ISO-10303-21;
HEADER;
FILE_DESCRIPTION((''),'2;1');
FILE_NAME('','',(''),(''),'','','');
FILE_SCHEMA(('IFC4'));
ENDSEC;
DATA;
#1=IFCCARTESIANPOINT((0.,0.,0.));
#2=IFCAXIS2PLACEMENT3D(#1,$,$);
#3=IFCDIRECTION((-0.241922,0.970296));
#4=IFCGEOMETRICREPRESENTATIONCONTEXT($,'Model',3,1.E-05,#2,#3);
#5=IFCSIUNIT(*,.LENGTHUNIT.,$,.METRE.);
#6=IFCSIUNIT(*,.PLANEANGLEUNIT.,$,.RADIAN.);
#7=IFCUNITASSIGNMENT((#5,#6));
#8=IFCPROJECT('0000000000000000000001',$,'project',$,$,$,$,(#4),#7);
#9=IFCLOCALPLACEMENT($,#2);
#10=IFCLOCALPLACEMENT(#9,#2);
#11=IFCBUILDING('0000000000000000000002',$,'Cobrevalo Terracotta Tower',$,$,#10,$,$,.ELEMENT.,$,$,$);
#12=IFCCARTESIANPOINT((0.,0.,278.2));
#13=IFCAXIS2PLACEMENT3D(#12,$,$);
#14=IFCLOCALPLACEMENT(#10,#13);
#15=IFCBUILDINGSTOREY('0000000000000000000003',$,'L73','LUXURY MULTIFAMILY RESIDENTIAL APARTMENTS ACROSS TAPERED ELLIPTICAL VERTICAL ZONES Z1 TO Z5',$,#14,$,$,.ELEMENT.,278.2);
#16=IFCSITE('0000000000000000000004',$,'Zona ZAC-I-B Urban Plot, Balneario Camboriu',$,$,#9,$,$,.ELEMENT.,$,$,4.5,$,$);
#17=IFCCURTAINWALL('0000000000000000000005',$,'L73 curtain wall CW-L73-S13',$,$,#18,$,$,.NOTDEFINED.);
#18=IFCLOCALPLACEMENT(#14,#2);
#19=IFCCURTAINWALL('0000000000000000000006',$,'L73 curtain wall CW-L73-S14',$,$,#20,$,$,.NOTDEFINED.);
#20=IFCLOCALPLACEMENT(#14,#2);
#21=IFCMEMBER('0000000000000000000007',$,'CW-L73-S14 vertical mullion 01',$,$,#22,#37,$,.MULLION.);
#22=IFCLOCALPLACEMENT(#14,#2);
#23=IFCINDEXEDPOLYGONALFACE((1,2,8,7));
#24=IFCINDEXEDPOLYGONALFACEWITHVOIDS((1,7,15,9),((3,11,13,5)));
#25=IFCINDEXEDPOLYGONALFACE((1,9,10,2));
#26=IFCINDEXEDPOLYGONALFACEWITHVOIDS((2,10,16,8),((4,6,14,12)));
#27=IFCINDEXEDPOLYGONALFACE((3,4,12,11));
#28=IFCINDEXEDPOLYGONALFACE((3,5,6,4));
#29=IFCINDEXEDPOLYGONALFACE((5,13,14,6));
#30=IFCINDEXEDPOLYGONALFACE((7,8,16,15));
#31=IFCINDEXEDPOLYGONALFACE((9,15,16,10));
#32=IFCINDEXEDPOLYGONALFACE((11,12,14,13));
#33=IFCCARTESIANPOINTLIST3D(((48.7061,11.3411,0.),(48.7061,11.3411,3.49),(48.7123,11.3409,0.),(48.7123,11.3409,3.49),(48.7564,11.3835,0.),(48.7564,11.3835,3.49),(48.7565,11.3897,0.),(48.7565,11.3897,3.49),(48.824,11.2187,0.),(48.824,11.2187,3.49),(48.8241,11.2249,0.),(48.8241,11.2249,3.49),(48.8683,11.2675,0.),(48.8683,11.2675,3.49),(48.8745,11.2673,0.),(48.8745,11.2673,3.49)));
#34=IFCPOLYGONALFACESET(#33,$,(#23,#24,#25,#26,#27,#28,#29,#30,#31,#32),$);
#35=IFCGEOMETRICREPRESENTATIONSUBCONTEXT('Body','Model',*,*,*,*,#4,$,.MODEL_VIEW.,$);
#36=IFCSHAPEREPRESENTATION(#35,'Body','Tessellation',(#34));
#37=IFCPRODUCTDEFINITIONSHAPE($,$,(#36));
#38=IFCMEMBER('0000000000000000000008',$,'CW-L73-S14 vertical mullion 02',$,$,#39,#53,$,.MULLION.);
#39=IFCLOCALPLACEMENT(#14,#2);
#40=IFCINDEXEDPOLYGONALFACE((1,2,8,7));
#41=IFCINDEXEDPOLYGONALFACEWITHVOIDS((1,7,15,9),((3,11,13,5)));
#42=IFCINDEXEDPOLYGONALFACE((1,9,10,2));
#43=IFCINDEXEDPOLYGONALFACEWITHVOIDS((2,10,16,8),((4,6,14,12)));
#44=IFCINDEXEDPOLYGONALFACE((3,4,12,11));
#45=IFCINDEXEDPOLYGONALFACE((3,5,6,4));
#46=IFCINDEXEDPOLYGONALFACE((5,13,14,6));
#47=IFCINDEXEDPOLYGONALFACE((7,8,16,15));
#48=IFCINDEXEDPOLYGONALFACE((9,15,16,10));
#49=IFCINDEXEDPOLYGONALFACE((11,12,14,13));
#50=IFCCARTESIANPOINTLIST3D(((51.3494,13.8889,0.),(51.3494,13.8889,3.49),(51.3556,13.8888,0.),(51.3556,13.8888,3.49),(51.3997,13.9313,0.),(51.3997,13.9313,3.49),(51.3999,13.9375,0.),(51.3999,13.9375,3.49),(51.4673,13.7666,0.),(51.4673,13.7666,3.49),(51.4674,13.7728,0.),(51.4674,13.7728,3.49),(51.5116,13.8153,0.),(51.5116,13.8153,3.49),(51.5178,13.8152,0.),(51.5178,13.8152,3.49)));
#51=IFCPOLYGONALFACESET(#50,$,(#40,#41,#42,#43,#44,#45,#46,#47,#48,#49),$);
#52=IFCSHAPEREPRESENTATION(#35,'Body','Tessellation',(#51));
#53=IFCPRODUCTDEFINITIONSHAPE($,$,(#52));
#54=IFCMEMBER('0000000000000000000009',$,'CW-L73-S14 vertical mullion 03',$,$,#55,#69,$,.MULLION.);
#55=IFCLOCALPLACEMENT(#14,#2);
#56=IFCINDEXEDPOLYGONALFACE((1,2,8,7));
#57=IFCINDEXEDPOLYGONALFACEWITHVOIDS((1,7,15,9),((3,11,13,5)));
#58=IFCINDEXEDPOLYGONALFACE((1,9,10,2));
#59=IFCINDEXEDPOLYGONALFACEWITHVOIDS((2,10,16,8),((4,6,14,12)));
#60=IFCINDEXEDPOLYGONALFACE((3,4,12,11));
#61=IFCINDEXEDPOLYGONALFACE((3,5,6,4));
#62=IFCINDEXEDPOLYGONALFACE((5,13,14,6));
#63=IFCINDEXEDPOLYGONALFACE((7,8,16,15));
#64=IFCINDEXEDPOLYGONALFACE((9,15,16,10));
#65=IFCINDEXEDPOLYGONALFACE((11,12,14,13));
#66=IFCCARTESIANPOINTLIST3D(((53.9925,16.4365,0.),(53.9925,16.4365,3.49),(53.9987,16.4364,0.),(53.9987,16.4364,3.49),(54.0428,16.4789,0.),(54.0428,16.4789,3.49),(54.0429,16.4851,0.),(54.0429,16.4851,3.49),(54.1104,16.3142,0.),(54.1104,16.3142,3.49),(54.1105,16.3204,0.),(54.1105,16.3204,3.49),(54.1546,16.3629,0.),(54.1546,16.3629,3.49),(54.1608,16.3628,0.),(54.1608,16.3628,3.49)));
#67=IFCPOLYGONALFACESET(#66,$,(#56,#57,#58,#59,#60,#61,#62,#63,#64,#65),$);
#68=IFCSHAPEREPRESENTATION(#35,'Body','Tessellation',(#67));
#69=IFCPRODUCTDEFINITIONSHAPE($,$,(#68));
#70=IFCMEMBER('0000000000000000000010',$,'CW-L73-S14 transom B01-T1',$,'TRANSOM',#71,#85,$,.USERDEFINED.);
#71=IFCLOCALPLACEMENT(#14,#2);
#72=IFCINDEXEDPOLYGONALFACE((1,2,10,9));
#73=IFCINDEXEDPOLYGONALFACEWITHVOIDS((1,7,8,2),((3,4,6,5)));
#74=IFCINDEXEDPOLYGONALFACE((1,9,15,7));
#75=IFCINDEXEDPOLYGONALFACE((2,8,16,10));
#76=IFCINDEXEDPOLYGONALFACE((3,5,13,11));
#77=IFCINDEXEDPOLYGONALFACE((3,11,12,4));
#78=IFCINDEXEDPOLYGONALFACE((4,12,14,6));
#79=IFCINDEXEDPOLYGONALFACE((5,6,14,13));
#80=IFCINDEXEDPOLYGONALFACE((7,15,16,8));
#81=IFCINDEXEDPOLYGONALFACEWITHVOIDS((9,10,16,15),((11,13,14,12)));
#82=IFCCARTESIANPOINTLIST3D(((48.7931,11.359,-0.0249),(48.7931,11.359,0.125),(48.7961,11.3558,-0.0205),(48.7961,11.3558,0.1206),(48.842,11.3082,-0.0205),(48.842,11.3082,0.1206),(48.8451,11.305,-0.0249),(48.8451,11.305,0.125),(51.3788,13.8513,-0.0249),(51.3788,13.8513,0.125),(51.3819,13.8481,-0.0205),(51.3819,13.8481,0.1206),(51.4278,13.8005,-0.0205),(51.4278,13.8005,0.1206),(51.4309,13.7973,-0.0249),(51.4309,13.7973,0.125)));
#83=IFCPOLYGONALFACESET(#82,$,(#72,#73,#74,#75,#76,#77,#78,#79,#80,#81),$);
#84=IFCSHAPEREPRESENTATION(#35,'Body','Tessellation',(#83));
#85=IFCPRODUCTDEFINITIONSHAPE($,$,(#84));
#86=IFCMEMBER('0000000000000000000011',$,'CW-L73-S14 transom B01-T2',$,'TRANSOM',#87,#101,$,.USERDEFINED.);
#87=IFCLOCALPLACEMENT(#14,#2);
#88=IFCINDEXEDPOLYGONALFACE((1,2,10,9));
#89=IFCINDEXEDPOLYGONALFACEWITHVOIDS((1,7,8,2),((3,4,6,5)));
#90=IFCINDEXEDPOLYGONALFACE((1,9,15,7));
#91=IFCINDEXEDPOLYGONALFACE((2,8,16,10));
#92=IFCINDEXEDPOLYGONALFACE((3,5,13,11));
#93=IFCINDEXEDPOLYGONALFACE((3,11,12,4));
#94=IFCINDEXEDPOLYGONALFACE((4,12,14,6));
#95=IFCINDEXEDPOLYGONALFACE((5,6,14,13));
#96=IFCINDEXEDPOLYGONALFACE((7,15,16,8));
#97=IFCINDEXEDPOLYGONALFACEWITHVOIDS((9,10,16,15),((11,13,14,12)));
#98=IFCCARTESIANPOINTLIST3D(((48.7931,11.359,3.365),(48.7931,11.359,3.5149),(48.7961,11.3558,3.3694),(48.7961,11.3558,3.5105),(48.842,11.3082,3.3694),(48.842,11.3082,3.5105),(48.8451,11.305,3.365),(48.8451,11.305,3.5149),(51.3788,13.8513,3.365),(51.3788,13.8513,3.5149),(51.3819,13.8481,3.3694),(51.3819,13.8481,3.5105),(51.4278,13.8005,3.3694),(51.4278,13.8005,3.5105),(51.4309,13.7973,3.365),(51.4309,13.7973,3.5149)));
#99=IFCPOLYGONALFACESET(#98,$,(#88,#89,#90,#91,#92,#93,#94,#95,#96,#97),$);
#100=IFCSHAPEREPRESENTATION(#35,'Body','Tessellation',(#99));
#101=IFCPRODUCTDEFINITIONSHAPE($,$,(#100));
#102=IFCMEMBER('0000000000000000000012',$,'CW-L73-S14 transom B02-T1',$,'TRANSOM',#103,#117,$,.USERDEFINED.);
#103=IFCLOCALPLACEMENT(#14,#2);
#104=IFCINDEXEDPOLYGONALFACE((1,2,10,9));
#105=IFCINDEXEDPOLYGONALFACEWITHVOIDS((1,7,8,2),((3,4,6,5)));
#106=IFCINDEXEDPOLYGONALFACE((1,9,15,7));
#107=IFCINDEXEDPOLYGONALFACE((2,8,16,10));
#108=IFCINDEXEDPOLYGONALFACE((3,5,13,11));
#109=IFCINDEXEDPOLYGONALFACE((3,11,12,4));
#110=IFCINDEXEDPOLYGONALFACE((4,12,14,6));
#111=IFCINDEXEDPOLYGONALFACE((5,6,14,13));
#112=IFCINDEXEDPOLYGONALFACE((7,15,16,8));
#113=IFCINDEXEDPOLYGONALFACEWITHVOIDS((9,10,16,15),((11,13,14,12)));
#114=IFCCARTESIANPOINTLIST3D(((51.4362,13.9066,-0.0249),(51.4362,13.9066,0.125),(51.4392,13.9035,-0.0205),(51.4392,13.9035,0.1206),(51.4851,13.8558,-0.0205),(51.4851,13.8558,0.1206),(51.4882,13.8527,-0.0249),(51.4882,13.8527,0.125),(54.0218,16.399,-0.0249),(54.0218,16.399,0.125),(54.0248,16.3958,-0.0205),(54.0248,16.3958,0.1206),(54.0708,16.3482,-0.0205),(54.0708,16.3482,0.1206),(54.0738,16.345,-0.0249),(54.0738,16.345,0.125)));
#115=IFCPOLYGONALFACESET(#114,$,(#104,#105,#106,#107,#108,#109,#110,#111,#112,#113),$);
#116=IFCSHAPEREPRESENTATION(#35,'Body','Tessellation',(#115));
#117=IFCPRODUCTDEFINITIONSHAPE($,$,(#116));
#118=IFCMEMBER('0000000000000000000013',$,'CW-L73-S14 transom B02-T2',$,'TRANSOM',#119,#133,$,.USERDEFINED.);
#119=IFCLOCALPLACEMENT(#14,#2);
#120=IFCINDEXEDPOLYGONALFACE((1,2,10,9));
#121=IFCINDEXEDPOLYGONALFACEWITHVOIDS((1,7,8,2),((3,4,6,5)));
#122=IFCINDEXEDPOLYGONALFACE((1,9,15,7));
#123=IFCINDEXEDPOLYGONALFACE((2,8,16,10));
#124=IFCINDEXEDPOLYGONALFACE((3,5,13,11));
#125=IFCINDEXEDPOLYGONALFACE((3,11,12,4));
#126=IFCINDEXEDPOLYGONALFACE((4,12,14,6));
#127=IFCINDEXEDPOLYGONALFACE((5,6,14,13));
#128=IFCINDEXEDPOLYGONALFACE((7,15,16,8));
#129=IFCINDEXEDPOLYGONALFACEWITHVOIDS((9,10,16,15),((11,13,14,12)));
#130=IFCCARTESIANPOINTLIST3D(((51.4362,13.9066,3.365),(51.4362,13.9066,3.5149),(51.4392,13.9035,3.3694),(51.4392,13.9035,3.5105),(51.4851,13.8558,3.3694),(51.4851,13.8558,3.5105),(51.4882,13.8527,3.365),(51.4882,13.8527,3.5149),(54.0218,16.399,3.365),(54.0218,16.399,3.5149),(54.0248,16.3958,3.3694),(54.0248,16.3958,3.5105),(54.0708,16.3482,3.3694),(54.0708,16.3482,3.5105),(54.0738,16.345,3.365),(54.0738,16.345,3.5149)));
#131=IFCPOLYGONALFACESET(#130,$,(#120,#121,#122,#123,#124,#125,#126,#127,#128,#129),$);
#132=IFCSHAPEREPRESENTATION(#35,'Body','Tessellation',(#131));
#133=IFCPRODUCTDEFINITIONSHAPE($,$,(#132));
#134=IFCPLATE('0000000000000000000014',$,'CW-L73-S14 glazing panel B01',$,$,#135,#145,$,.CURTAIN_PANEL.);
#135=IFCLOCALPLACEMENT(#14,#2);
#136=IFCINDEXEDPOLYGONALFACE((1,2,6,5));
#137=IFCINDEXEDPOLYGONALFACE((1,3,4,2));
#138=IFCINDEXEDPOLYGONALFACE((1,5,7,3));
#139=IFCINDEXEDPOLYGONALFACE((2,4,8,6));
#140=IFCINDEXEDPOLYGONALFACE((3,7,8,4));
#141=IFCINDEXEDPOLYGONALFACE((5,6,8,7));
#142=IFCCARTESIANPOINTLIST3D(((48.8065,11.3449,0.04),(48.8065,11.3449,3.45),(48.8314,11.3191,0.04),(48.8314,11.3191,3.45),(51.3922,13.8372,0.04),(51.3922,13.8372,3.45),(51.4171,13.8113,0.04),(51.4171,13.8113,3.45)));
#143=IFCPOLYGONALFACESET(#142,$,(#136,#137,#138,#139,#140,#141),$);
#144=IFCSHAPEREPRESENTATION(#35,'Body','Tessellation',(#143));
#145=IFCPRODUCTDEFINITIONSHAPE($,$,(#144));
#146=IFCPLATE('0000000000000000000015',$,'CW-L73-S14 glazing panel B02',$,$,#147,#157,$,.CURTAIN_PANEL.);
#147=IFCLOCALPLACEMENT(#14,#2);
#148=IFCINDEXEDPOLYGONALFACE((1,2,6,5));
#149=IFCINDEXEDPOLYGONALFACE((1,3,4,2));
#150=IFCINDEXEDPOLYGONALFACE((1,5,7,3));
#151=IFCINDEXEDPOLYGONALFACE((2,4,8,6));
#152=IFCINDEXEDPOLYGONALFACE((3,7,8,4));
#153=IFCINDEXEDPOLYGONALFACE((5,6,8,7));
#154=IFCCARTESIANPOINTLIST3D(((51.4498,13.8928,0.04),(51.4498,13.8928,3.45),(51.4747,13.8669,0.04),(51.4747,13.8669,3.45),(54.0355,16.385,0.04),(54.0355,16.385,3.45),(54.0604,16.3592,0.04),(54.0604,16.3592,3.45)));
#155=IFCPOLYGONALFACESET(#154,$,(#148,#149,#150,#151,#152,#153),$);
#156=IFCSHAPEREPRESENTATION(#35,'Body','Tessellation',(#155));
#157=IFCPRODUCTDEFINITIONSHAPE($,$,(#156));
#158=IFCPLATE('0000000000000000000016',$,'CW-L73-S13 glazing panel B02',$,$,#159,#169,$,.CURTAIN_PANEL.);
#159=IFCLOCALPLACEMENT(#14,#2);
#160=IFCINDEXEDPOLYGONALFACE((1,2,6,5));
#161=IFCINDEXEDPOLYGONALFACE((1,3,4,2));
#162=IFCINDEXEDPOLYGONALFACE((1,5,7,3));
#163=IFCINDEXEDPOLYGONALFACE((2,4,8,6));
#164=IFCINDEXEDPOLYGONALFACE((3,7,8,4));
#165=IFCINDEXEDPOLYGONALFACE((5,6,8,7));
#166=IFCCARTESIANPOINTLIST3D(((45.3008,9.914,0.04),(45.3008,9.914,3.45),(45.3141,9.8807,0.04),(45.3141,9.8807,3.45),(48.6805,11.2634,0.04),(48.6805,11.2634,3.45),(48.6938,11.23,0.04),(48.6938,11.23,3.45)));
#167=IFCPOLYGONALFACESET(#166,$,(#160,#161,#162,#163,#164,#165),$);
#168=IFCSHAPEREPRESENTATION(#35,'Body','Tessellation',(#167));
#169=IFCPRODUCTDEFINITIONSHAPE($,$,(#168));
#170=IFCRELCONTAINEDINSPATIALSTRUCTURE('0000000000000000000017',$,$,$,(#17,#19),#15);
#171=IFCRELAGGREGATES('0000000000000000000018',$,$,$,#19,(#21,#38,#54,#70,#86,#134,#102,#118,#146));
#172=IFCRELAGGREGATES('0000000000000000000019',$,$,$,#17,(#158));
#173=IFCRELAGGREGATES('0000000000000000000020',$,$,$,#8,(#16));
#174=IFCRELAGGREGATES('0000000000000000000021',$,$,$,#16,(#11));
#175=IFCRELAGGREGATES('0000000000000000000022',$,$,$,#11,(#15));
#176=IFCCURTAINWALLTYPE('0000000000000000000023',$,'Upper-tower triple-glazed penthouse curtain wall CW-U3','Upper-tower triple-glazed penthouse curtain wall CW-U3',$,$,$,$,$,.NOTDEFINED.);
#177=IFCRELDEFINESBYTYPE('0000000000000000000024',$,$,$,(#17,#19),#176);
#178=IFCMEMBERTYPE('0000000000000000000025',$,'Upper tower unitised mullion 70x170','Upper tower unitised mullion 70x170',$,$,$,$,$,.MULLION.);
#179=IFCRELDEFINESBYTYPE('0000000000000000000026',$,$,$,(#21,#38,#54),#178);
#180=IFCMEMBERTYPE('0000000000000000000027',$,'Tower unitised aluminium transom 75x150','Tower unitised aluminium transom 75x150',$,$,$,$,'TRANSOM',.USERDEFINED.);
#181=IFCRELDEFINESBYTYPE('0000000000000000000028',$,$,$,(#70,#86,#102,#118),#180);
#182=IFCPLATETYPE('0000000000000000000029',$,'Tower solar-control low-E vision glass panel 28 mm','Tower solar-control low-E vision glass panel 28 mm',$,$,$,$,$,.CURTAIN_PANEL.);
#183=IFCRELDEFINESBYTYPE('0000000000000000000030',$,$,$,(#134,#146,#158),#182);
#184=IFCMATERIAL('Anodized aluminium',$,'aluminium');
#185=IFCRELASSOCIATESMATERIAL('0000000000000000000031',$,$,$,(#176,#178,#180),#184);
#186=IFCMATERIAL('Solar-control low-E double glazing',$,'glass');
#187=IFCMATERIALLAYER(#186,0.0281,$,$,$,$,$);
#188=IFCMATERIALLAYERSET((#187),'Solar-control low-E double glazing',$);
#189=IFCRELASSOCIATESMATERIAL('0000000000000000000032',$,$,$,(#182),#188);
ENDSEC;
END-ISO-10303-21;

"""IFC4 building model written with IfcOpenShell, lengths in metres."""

from ifc_helpers import new_model, si_unit, direction, frame, origin, origin_2d, place, context, subcontext, project, spatial, rectangle, hollow_rectangle, extrude, source, transform, mapped, material, layer, layer_set, material_profile, profile_set, type_object, element, aggregate, save


model = new_model("IFC4")

# Units and contexts
model_context = context("Model", 3, precision=1e-05, world=origin(), true_north=direction((-0.241922, 0.970296)))
body_context = subcontext(model_context, "Body", "Model", "MODEL_VIEW")
ifc_project = project(units=[si_unit("LENGTHUNIT", "METRE"), si_unit("PLANEANGLEUNIT", "RADIAN")], contexts=[model_context])

# Site, building, storey
site_placement = place(None, origin())
site = spatial("IfcSite", under=ifc_project, at=site_placement, Name="Zona ZAC-I-B Urban Plot, Balneario Camboriu", CompositionType="ELEMENT", RefElevation=4.5)
building_placement = place(site_placement, origin())
building = spatial("IfcBuilding", under=site, at=building_placement, Name="Cobrevalo Terracotta Tower", CompositionType="ELEMENT")
storey_placement = place(building_placement, frame((0.0, 0.0, 278.2)))
storey = spatial("IfcBuildingStorey", under=building, at=storey_placement, Name="L73", Description="LUXURY MULTIFAMILY RESIDENTIAL APARTMENTS ACROSS TAPERED ELLIPTICAL VERTICAL ZONES Z1 TO Z5", CompositionType="ELEMENT", Elevation=278.2)

# Curtain wall
ifc_material_1 = material(Name="Anodized aluminium", Category="aluminium")
curtain_wall_type = type_object("IfcCurtainWallType", Name="Upper-tower triple-glazed penthouse curtain wall CW-U3", Description="Upper-tower triple-glazed penthouse curtain wall CW-U3", PredefinedType="NOTDEFINED", material=ifc_material_1)
curtain_wall_1_placement = place(storey_placement, origin())
curtain_wall_1 = element("IfcCurtainWall", 1, at=curtain_wall_1_placement, inside=storey, type_object=curtain_wall_type, Name="L73 curtain wall CW-L73-S13", PredefinedType="NOTDEFINED")
ifc_material_profile_1 = material_profile(ifc_material_1, hollow_rectangle(XDim=0.0701, YDim=0.1699, WallThickness=0.0044, at=origin_2d()), Name="CWM 70x170")
ifc_profile_set_1 = profile_set([ifc_material_profile_1], Name="Anodized aluminium")
member_type_1 = type_object("IfcMemberType", Name="Upper tower unitised mullion 70x170", Description="Upper tower unitised mullion 70x170", PredefinedType="MULLION", material=ifc_profile_set_1)
shared_shape_1 = source(origin(), body_context, "Body", "SweptSolid", [
    extrude(hollow_rectangle(XDim=0.0701, YDim=0.1699, WallThickness=0.0044, at=origin_2d()), origin(), (0.0, 0.0, 1.0), 3.49),
])

# Curtain wall, members, plates
curtain_wall_2_placement = place(storey_placement, origin())
curtain_wall_2 = element("IfcCurtainWall", 2, at=curtain_wall_2_placement, inside=storey, type_object=curtain_wall_type, Name="L73 curtain wall CW-L73-S14", PredefinedType="NOTDEFINED")
member_1_placement = place(storey_placement, frame((48.7903, 11.3042, 0.0), z_axis=(0.0, 0.0, 1.0), x_axis=(0.719994, 0.69398, 0.0)))
member_1 = element("IfcMember", 3, at=member_1_placement, type_object=member_type_1, Name="CW-L73-S14 vertical mullion 01", PredefinedType="MULLION", context=body_context, shape_type="MappedRepresentation", body=[
    mapped(shared_shape_1, transform((0.0, 0.0, 0.0), scale=1.0)),
])
member_2_placement = place(storey_placement, frame((51.4336, 13.8521, 0.0), z_axis=(0.0, 0.0, 1.0), x_axis=(0.719994, 0.69398, 0.0)))
member_2 = element("IfcMember", 4, at=member_2_placement, type_object=member_type_1, Name="CW-L73-S14 vertical mullion 02", PredefinedType="MULLION", context=body_context, shape_type="MappedRepresentation", body=[
    mapped(shared_shape_1, transform((0.0, 0.0, 0.0), scale=1.0)),
])
member_3_placement = place(storey_placement, frame((54.0767, 16.3997, 0.0), z_axis=(0.0, 0.0, 1.0), x_axis=(0.719994, 0.69398, 0.0)))
member_3 = element("IfcMember", 5, at=member_3_placement, type_object=member_type_1, Name="CW-L73-S14 vertical mullion 03", PredefinedType="MULLION", context=body_context, shape_type="MappedRepresentation", body=[
    mapped(shared_shape_1, transform((0.0, 0.0, 0.0), scale=1.0)),
])
ifc_material_profile_2 = material_profile(ifc_material_1, hollow_rectangle(XDim=0.075, YDim=0.1499, WallThickness=0.0044, at=origin_2d()), Name="CWT 75x150")
ifc_profile_set_2 = profile_set([ifc_material_profile_2], Name="Anodized aluminium")
member_type_2 = type_object("IfcMemberType", Name="Tower unitised aluminium transom 75x150", Description="Tower unitised aluminium transom 75x150", ElementType="TRANSOM", PredefinedType="USERDEFINED", material=ifc_profile_set_2)
shared_shape_2 = source(origin(), body_context, "Body", "SweptSolid", [
    extrude(hollow_rectangle(XDim=0.075, YDim=0.1499, WallThickness=0.0044, at=origin_2d()), origin(), (0.0, 0.0, 1.0), 3.5913),
])
member_4_placement = place(storey_placement, frame((48.8191, 11.332, 0.05), z_axis=(0.720006, 0.693968, 0.0), x_axis=(-0.693968, 0.720006, 0.0)))
member_4 = element("IfcMember", 6, at=member_4_placement, type_object=member_type_2, Name="CW-L73-S14 transom B01-T1", ObjectType="TRANSOM", PredefinedType="USERDEFINED", context=body_context, shape_type="MappedRepresentation", body=[
    mapped(shared_shape_2, transform((0.0, 0.0, 0.0), scale=1.0)),
])
member_5_placement = place(storey_placement, frame((48.8191, 11.332, 3.4399), z_axis=(0.720006, 0.693968, 0.0), x_axis=(-0.693968, 0.720006, 0.0)))
member_5 = element("IfcMember", 7, at=member_5_placement, type_object=member_type_2, Name="CW-L73-S14 transom B01-T2", ObjectType="TRANSOM", PredefinedType="USERDEFINED", context=body_context, shape_type="MappedRepresentation", body=[
    mapped(shared_shape_2, transform((0.0, 0.0, 0.0), scale=1.0)),
])
member_6_placement = place(storey_placement, frame((51.4622, 13.8796, 0.05), z_axis=(0.719972, 0.694003, 0.0), x_axis=(-0.694003, 0.719972, 0.0)))
member_6 = element("IfcMember", 8, at=member_6_placement, type_object=member_type_2, Name="CW-L73-S14 transom B02-T1", ObjectType="TRANSOM", PredefinedType="USERDEFINED", context=body_context, shape_type="MappedRepresentation", body=[
    mapped(shared_shape_2, transform((0.0, 0.0, 0.0), scale=1.0)),
])
member_7_placement = place(storey_placement, frame((51.4622, 13.8796, 3.4399), z_axis=(0.719972, 0.694003, 0.0), x_axis=(-0.694003, 0.719972, 0.0)))
member_7 = element("IfcMember", 9, at=member_7_placement, type_object=member_type_2, Name="CW-L73-S14 transom B02-T2", ObjectType="TRANSOM", PredefinedType="USERDEFINED", context=body_context, shape_type="MappedRepresentation", body=[
    mapped(shared_shape_2, transform((0.0, 0.0, 0.0), scale=1.0)),
])
ifc_material_2 = material(Name="Solar-control low-E double glazing", Category="glass")
ifc_layer_1 = layer(ifc_material_2, 0.0281)
ifc_layer_set_1 = layer_set([ifc_layer_1], Name="Solar-control low-E double glazing")
plate_type = type_object("IfcPlateType", Name="Tower solar-control low-E vision glass panel 28 mm", Description="Tower solar-control low-E vision glass panel 28 mm", PredefinedType="CURTAIN_PANEL", material=ifc_layer_set_1)
shared_shape_3 = source(origin(), body_context, "Body", "SweptSolid", [
    extrude(rectangle(XDim=3.5913, YDim=0.0359, at=origin_2d()), origin(), (0.0, 0.0, 1.0), 3.4099),
])
plate_1_placement = place(storey_placement, frame((50.1118, 12.5781, 0.04), z_axis=(0.0, 0.0, 1.0), x_axis=(0.719997, 0.693978, 0.0)))
plate_1 = element("IfcPlate", 10, at=plate_1_placement, type_object=plate_type, Name="CW-L73-S14 glazing panel B01", PredefinedType="CURTAIN_PANEL", context=body_context, shape_type="MappedRepresentation", body=[
    mapped(shared_shape_3, transform((0.0, 0.0, 0.0), scale=1.0)),
])
plate_2_placement = place(storey_placement, frame((52.7551, 15.126, 0.04), z_axis=(0.0, 0.0, 1.0), x_axis=(0.719997, 0.693978, 0.0)))
plate_2 = element("IfcPlate", 11, at=plate_2_placement, type_object=plate_type, Name="CW-L73-S14 glazing panel B02", PredefinedType="CURTAIN_PANEL", context=body_context, shape_type="MappedRepresentation", body=[
    mapped(shared_shape_3, transform((0.0, 0.0, 0.0), scale=1.0)),
])
aggregate(curtain_wall_2, [member_1, member_2, member_3, member_4, member_5, plate_1, member_6, member_7, plate_2])

# Plate
shared_shape_4 = source(origin(), body_context, "Body", "SweptSolid", [
    extrude(rectangle(XDim=3.6392, YDim=0.0359, at=origin_2d()), origin(), (0.0, 0.0, 1.0), 3.4099),
])
plate_3_placement = place(storey_placement, frame((46.9973, 10.572, 0.04), z_axis=(0.0, 0.0, 1.0), x_axis=(0.928718, 0.370786, 0.0)))
plate_3 = element("IfcPlate", 12, at=plate_3_placement, type_object=plate_type, Name="CW-L73-S13 glazing panel B02", PredefinedType="CURTAIN_PANEL", context=body_context, shape_type="MappedRepresentation", body=[
    mapped(shared_shape_4, transform((0.0, 0.0, 0.0), scale=1.0)),
])
aggregate(curtain_wall_1, [plate_3])

save(model, "model.ifc")
